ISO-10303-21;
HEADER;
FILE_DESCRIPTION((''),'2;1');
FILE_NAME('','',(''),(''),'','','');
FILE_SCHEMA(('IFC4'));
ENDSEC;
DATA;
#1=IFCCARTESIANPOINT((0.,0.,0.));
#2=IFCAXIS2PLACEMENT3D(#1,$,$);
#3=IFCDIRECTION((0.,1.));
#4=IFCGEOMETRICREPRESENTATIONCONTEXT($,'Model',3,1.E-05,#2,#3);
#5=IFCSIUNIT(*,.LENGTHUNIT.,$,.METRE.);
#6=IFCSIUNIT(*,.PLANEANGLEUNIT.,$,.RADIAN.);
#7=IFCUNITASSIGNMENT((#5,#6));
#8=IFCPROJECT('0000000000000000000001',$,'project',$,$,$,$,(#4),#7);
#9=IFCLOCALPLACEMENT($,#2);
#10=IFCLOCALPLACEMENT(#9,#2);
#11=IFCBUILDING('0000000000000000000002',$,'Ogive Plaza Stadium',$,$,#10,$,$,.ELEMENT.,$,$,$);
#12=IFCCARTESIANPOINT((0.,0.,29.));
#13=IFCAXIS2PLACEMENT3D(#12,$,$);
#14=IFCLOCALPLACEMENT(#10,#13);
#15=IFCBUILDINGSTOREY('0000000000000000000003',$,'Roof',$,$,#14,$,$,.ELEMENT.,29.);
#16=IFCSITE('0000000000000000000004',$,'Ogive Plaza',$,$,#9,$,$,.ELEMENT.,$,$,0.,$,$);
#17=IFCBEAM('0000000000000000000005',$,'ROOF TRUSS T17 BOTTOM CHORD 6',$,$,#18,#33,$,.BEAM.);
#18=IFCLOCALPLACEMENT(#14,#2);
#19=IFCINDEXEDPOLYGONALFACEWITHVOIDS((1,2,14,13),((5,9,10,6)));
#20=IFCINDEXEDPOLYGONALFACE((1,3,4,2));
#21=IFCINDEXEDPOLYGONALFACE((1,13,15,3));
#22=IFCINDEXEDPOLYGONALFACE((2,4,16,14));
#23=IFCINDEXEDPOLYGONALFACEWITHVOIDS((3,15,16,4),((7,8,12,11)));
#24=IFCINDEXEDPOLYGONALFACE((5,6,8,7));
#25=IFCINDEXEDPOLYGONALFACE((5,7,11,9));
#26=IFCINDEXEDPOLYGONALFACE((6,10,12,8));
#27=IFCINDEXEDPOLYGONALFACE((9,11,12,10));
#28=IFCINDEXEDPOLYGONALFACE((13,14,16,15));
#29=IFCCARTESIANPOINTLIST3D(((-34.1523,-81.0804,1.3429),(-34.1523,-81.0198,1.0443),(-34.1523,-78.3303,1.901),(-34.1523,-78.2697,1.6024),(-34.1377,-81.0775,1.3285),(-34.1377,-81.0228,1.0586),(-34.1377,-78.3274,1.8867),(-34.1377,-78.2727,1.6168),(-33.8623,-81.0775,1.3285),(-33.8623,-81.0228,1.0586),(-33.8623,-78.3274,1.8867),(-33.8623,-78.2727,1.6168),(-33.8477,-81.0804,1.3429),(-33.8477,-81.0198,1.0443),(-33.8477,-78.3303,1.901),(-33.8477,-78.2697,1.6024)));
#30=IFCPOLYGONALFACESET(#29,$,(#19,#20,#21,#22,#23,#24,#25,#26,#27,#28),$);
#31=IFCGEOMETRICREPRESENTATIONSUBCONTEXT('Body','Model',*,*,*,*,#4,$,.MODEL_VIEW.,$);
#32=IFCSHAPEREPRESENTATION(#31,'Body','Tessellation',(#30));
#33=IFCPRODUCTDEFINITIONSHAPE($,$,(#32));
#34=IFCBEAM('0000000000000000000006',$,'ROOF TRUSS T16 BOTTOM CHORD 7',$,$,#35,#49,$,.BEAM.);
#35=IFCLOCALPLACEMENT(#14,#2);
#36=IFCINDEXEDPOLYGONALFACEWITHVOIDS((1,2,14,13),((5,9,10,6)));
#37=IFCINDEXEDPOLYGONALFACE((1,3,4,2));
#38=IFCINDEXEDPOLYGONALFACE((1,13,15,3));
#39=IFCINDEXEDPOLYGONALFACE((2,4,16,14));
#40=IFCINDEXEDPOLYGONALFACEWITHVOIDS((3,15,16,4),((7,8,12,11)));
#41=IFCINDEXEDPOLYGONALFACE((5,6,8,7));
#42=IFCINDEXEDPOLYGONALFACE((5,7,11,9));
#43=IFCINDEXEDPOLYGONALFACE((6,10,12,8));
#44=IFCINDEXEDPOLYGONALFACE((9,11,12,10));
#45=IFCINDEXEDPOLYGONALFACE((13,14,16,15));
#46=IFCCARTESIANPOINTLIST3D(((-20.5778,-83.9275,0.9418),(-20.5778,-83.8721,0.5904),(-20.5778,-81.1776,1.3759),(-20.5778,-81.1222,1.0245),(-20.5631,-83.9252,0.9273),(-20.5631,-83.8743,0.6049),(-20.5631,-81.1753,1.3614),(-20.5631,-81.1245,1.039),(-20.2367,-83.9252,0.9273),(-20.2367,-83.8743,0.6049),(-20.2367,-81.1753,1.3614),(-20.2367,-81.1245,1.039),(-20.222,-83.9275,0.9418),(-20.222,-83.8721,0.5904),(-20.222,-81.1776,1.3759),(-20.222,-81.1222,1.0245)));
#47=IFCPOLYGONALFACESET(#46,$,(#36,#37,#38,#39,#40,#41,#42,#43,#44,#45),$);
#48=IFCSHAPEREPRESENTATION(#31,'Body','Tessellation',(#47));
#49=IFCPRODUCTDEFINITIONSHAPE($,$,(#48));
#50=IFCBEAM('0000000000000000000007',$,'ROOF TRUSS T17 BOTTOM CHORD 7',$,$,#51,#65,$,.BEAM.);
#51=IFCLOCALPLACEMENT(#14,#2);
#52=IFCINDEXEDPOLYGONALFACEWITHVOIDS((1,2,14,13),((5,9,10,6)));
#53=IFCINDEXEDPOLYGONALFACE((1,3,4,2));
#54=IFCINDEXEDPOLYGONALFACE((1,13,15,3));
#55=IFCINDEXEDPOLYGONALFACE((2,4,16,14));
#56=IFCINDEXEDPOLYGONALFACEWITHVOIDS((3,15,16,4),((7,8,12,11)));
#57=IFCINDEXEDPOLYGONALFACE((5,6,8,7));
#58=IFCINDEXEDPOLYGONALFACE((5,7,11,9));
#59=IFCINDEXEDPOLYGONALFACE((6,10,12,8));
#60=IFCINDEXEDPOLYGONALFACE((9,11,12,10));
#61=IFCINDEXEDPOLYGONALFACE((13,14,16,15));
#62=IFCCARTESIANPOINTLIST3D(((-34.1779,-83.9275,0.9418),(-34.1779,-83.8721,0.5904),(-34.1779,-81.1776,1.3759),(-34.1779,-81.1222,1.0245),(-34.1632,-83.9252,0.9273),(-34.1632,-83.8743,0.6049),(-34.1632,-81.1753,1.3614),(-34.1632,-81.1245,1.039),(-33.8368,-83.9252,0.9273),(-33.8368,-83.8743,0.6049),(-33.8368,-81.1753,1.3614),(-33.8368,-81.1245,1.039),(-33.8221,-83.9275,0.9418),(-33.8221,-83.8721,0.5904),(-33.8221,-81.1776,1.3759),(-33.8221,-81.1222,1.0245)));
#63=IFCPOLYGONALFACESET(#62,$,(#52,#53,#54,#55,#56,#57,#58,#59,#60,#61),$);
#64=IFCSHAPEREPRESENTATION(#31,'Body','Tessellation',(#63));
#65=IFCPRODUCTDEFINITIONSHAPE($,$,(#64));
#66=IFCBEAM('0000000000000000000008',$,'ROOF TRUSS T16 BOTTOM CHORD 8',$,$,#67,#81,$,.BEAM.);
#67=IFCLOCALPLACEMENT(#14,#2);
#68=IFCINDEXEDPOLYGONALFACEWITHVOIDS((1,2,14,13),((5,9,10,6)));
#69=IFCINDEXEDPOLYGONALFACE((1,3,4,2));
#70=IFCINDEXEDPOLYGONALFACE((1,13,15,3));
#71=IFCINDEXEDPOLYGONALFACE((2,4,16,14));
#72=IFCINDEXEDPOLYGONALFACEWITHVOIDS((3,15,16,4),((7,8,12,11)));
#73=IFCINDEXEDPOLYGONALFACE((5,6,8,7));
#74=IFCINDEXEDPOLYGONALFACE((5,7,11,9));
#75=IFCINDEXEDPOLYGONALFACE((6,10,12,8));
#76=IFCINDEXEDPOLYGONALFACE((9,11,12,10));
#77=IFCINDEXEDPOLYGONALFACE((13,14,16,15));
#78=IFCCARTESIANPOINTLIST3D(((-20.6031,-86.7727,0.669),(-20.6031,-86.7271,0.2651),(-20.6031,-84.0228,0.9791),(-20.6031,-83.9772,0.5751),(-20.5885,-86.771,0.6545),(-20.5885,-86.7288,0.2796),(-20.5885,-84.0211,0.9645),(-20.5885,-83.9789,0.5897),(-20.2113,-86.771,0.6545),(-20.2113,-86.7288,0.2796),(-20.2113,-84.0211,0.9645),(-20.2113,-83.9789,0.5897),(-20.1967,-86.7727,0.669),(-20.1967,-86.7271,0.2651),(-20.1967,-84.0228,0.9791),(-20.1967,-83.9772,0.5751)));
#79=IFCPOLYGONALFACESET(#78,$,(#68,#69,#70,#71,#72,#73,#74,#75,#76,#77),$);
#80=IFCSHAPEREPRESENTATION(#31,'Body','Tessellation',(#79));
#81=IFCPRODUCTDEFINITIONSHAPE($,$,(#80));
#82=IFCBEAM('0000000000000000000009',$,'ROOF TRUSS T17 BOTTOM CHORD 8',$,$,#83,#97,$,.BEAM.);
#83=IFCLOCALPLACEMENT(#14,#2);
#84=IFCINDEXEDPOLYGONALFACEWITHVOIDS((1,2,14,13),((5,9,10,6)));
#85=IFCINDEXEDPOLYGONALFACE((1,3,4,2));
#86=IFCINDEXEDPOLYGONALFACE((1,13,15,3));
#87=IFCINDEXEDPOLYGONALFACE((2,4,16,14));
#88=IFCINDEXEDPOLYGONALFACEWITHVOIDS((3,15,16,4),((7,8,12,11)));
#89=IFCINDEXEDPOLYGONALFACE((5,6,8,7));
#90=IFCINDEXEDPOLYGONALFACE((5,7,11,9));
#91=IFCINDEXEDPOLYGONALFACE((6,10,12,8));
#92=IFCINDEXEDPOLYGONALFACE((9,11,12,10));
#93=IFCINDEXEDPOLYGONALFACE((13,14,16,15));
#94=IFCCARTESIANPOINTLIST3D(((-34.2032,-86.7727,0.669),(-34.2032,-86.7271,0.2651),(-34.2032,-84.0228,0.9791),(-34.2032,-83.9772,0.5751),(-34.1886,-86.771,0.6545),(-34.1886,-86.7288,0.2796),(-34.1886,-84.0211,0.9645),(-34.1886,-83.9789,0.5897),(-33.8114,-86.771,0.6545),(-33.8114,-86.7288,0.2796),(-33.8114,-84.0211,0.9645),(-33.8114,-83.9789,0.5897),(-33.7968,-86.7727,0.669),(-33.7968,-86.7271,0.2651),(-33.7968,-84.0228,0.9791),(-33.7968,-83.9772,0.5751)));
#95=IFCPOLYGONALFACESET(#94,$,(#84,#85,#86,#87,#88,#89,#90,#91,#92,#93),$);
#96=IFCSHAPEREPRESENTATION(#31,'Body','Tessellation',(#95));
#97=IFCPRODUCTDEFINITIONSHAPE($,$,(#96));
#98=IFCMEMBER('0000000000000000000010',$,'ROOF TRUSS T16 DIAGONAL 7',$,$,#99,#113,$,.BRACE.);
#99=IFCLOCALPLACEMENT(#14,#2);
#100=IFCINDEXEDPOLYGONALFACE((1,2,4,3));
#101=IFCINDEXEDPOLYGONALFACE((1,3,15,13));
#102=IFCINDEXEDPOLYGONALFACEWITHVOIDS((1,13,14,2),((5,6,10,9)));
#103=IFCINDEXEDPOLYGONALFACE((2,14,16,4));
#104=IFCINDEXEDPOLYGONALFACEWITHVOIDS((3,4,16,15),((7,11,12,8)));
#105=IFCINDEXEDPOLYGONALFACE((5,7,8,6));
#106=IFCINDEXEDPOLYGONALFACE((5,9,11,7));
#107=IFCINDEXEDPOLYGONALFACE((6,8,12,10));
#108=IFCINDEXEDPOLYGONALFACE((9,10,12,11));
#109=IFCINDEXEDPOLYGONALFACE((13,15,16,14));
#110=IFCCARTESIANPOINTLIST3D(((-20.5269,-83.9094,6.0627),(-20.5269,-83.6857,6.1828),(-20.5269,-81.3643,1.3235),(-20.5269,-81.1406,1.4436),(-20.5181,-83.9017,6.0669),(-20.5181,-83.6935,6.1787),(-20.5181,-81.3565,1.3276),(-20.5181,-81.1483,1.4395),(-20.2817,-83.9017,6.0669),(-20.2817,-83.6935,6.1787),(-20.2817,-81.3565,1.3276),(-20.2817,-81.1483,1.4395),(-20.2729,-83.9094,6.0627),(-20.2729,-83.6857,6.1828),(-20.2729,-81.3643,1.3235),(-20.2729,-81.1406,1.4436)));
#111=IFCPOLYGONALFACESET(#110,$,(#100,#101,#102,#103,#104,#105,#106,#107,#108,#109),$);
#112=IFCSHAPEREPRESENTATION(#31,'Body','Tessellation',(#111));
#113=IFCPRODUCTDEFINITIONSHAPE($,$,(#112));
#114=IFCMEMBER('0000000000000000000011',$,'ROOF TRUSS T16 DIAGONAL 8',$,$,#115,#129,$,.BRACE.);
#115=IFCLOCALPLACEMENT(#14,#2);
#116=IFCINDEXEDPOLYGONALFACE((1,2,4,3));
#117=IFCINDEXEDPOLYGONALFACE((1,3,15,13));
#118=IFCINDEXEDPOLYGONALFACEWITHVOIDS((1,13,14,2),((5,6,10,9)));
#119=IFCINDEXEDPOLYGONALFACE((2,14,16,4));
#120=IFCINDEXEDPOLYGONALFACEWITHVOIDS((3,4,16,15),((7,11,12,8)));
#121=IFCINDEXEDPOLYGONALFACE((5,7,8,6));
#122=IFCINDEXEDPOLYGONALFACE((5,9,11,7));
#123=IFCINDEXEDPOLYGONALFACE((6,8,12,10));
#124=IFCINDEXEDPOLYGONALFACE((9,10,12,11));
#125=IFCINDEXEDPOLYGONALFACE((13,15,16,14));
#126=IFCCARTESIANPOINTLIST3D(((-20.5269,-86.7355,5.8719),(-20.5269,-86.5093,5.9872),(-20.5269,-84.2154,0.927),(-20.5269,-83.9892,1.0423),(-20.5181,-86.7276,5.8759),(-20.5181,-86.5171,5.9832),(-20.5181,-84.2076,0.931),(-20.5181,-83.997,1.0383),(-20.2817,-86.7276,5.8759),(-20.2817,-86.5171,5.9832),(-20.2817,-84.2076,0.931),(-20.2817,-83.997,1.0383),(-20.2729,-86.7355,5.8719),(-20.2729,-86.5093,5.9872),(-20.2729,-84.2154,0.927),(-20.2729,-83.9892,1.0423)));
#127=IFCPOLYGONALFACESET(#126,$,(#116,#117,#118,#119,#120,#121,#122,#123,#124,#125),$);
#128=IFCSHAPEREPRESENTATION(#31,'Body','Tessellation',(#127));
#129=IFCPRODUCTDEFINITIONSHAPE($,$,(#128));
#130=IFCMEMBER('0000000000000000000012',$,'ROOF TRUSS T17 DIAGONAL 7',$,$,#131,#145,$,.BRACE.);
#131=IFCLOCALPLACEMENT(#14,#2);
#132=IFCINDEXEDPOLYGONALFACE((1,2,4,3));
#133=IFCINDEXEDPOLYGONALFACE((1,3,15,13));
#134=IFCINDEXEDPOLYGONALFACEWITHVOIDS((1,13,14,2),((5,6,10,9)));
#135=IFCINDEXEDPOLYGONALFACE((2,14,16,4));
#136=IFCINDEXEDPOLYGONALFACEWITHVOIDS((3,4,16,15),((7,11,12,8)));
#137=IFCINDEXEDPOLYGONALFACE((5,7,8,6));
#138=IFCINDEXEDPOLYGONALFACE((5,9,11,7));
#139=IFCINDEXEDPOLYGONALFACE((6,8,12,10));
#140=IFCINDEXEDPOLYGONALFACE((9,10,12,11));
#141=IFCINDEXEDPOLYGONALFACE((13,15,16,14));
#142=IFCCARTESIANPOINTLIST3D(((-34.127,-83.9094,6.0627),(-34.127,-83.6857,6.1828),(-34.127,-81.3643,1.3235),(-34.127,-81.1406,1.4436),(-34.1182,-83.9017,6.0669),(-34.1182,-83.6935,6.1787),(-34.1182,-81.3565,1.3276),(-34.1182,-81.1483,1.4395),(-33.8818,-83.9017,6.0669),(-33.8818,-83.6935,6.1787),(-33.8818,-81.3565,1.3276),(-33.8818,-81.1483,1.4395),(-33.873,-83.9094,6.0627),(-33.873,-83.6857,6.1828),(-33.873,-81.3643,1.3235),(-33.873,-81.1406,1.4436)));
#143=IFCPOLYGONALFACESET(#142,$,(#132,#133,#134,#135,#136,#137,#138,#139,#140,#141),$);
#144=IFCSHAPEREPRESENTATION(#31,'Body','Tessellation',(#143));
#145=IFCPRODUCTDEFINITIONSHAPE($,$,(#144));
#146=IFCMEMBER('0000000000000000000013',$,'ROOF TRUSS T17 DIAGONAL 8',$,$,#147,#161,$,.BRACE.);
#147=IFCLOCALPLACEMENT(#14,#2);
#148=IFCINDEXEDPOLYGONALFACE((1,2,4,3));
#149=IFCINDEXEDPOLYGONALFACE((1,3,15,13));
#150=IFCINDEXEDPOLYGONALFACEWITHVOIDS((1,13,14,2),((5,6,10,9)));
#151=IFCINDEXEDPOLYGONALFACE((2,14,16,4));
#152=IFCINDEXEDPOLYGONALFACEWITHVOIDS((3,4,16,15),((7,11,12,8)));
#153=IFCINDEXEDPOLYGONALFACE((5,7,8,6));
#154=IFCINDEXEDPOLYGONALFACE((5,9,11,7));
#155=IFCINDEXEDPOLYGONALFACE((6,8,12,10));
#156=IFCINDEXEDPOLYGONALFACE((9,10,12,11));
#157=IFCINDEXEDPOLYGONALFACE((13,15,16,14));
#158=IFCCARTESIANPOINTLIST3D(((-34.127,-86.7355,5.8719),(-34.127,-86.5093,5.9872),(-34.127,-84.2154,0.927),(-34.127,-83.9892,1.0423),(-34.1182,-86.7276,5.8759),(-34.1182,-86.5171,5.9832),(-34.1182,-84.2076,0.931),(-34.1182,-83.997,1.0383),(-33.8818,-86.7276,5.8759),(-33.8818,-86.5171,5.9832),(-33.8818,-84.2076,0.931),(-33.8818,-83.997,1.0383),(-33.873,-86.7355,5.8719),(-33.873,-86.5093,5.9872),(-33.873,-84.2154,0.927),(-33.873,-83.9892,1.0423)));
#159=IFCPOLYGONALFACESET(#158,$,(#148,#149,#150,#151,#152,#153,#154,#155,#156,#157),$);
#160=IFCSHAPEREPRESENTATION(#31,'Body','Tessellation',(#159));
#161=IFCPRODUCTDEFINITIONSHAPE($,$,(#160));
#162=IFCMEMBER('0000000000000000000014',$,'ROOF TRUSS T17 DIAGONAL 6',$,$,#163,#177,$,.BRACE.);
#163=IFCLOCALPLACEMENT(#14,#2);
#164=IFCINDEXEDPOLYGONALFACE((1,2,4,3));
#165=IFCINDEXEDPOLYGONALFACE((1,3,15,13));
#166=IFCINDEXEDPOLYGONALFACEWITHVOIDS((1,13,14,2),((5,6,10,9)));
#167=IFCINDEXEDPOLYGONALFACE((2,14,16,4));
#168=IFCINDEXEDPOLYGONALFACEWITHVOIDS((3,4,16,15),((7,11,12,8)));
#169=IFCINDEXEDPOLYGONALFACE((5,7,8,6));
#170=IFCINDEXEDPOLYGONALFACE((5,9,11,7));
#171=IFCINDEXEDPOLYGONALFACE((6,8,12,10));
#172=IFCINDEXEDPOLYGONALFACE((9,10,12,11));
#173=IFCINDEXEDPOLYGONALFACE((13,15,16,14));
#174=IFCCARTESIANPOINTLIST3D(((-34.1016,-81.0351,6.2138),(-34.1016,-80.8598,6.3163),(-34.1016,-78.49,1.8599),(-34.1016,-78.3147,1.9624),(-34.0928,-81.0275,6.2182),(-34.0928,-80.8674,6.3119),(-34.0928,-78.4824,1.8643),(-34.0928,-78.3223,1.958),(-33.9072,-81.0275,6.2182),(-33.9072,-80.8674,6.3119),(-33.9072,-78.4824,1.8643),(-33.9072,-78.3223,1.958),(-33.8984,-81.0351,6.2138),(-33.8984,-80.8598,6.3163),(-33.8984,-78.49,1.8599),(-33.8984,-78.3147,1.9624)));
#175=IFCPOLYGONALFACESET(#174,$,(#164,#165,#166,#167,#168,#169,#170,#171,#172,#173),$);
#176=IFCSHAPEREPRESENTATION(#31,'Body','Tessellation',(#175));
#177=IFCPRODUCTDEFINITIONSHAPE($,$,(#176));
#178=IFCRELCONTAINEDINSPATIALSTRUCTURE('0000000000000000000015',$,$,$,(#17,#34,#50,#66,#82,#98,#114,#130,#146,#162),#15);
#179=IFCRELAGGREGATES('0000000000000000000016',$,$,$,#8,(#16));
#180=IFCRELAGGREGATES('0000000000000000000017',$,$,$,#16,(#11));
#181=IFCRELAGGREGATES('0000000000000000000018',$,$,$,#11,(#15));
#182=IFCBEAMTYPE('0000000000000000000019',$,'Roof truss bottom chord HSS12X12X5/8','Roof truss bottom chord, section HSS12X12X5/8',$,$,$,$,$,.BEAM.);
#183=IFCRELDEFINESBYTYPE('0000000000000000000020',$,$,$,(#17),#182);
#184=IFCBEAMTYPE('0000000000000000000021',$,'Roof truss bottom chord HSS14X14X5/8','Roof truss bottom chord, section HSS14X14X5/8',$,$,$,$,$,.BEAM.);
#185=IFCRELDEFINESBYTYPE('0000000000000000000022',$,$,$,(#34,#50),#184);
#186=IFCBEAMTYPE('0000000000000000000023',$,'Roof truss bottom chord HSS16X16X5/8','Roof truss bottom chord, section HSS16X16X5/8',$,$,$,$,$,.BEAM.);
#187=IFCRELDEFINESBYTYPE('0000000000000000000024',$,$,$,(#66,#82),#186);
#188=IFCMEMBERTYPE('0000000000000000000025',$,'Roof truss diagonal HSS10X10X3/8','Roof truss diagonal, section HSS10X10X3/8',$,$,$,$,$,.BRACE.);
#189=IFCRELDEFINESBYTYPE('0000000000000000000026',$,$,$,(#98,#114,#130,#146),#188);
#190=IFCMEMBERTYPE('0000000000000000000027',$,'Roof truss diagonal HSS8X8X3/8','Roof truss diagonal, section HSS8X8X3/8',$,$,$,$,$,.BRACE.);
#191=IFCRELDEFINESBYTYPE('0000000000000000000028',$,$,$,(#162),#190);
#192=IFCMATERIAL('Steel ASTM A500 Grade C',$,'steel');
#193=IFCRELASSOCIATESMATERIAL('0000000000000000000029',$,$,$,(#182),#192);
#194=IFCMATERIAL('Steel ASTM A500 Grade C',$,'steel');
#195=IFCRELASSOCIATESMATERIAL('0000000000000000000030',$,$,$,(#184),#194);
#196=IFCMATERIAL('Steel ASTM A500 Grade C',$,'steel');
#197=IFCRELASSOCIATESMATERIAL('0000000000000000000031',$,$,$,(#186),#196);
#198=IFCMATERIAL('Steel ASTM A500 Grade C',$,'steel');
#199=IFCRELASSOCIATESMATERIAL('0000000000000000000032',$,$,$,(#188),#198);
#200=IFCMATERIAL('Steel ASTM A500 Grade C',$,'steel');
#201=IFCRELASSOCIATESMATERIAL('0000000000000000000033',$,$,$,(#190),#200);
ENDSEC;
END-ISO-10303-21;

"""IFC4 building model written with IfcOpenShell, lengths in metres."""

from ifc_helpers import new_model, si_unit, direction, frame, origin, origin_2d, place, context, subcontext, project, spatial, hollow_rectangle, extrude, material, material_profile, profile_set, type_object, element, save


model = new_model("IFC4")

# Units and contexts
model_context = context("Model", 3, precision=1e-05, world=origin(), true_north=direction((0.0, 1.0)))
body_context = subcontext(model_context, "Body", "Model", "MODEL_VIEW")
ifc_project = project(units=[si_unit("LENGTHUNIT", "METRE"), si_unit("PLANEANGLEUNIT", "RADIAN")], contexts=[model_context])

# Site, building, storey
site_placement = place(None, origin())
site = spatial("IfcSite", under=ifc_project, at=site_placement, Name="Ogive Plaza", CompositionType="ELEMENT", RefElevation=0.0)
building_placement = place(site_placement, origin())
building = spatial("IfcBuilding", under=site, at=building_placement, Name="Ogive Plaza Stadium", CompositionType="ELEMENT")
storey_placement = place(building_placement, frame((0.0, 0.0, 29.0)))
storey = spatial("IfcBuildingStorey", under=building, at=storey_placement, Name="Roof", CompositionType="ELEMENT", Elevation=29.0)

# Beams
ifc_material_1 = material(Name="Steel ASTM A500 Grade C", Category="steel")
ifc_material_profile_1 = material_profile(ifc_material_1, hollow_rectangle(XDim=0.3047, YDim=0.3047, WallThickness=0.0146, at=origin_2d()), Name="HSS12X12X5/8")
ifc_profile_set_1 = profile_set([ifc_material_profile_1], Name="Steel ASTM A500 Grade C")
beam_type_1 = type_object("IfcBeamType", Name="Roof truss bottom chord HSS12X12X5/8", Description="Roof truss bottom chord, section HSS12X12X5/8", PredefinedType="BEAM", material=ifc_profile_set_1)
beam_1_placement = place(storey_placement, frame((-34.0, -78.3, 1.7517), z_axis=(0.0, -0.980021, -0.198893), x_axis=(1.0, 0.0, 0.0)))
element("IfcBeam", 1, at=beam_1_placement, inside=storey, type_object=beam_type_1, Name="ROOF TRUSS T17 BOTTOM CHORD 6", PredefinedType="BEAM", context=body_context, shape_type="SweptSolid", body=[
    extrude(hollow_rectangle(XDim=0.3047, YDim=0.3047, WallThickness=0.0146, at=origin_2d()), origin(), (0.0, 0.0, 1.0), 2.8062),
])
ifc_material_2 = material(Name="Steel ASTM A500 Grade C", Category="steel")
ifc_material_profile_2 = material_profile(ifc_material_2, hollow_rectangle(XDim=0.3557, YDim=0.3557, WallThickness=0.0146, at=origin_2d()), Name="HSS14X14X5/8")
ifc_profile_set_2 = profile_set([ifc_material_profile_2], Name="Steel ASTM A500 Grade C")
beam_type_2 = type_object("IfcBeamType", Name="Roof truss bottom chord HSS14X14X5/8", Description="Roof truss bottom chord, section HSS14X14X5/8", PredefinedType="BEAM", material=ifc_profile_set_2)
for number, where, z_axis, x_axis, name in (
    (2, (-20.3999, -81.1499, 1.2002), (0.0, -0.98777, -0.155918), (1.0, 0.0, 0.0), "ROOF TRUSS T16 BOTTOM CHORD 7"),
    (3, (-34.0, -81.1499, 1.2002), (0.0, -0.98777, -0.155918), (1.0, 0.0, 0.0), "ROOF TRUSS T17 BOTTOM CHORD 7"),
):
    element("IfcBeam", number, at=place(storey_placement, frame(where, z_axis=z_axis, x_axis=x_axis)), inside=storey, type_object=beam_type_2, Name=name, PredefinedType="BEAM", context=body_context, shape_type="SweptSolid", body=[
        extrude(hollow_rectangle(XDim=0.3557, YDim=0.3557, WallThickness=0.0146, at=origin_2d()), origin(), (0.0, 0.0, 1.0), 2.7839),
    ])
ifc_material_3 = material(Name="Steel ASTM A500 Grade C", Category="steel")
ifc_material_profile_3 = material_profile(ifc_material_3, hollow_rectangle(XDim=0.4065, YDim=0.4065, WallThickness=0.0146, at=origin_2d()), Name="HSS16X16X5/8")
ifc_profile_set_3 = profile_set([ifc_material_profile_3], Name="Steel ASTM A500 Grade C")
beam_type_3 = type_object("IfcBeamType", Name="Roof truss bottom chord HSS16X16X5/8", Description="Roof truss bottom chord, section HSS16X16X5/8", PredefinedType="BEAM", material=ifc_profile_set_3)
for number, where, z_axis, x_axis, name in (
    (4, (-20.3999, -84.0, 0.7771), (0.0, -0.993704, -0.112039), (1.0, 0.0, 0.0), "ROOF TRUSS T16 BOTTOM CHORD 8"),
    (5, (-34.0, -84.0, 0.7771), (0.0, -0.993704, -0.112039), (1.0, 0.0, 0.0), "ROOF TRUSS T17 BOTTOM CHORD 8"),
):
    element("IfcBeam", number, at=place(storey_placement, frame(where, z_axis=z_axis, x_axis=x_axis)), inside=storey, type_object=beam_type_3, Name=name, PredefinedType="BEAM", context=body_context, shape_type="SweptSolid", body=[
        extrude(hollow_rectangle(XDim=0.4065, YDim=0.4065, WallThickness=0.0146, at=origin_2d()), origin(), (0.0, 0.0, 1.0), 2.7673),
    ])

# Members
ifc_material_4 = material(Name="Steel ASTM A500 Grade C", Category="steel")
ifc_material_profile_4 = material_profile(ifc_material_4, hollow_rectangle(XDim=0.2539, YDim=0.2539, WallThickness=0.0088, at=origin_2d()), Name="HSS10X10X3/8")
ifc_profile_set_4 = profile_set([ifc_material_profile_4], Name="Steel ASTM A500 Grade C")
member_type_1 = type_object("IfcMemberType", Name="Roof truss diagonal HSS10X10X3/8", Description="Roof truss diagonal, section HSS10X10X3/8", PredefinedType="BRACE", material=ifc_profile_set_4)
member_1_placement = place(storey_placement, frame((-20.3999, -81.2524, 1.3835), z_axis=(0.0, -0.473128, 0.880994), x_axis=(1.0, 0.0, 0.0)))
element("IfcMember", 6, at=member_1_placement, inside=storey, type_object=member_type_1, Name="ROOF TRUSS T16 DIAGONAL 7", PredefinedType="BRACE", context=body_context, shape_type="SweptSolid", body=[
    extrude(hollow_rectangle(XDim=0.2539, YDim=0.2539, WallThickness=0.0088, at=origin_2d()), origin(), (0.0, 0.0, 1.0), 5.3794),
])
member_2_placement = place(storey_placement, frame((-20.3999, -84.1023, 0.9846), z_axis=(0.0, -0.454063, 0.89097), x_axis=(1.0, 0.0, 0.0)))
element("IfcMember", 7, at=member_2_placement, inside=storey, type_object=member_type_1, Name="ROOF TRUSS T16 DIAGONAL 8", PredefinedType="BRACE", context=body_context, shape_type="SweptSolid", body=[
    extrude(hollow_rectangle(XDim=0.2539, YDim=0.2539, WallThickness=0.0088, at=origin_2d()), origin(), (0.0, 0.0, 1.0), 5.55),
])
member_3_placement = place(storey_placement, frame((-34.0, -81.2524, 1.3835), z_axis=(0.0, -0.473128, 0.880994), x_axis=(1.0, 0.0, 0.0)))
element("IfcMember", 8, at=member_3_placement, inside=storey, type_object=member_type_1, Name="ROOF TRUSS T17 DIAGONAL 7", PredefinedType="BRACE", context=body_context, shape_type="SweptSolid", body=[
    extrude(hollow_rectangle(XDim=0.2539, YDim=0.2539, WallThickness=0.0088, at=origin_2d()), origin(), (0.0, 0.0, 1.0), 5.3794),
])
member_4_placement = place(storey_placement, frame((-34.0, -84.1023, 0.9846), z_axis=(0.0, -0.454063, 0.89097), x_axis=(1.0, 0.0, 0.0)))
element("IfcMember", 9, at=member_4_placement, inside=storey, type_object=member_type_1, Name="ROOF TRUSS T17 DIAGONAL 8", PredefinedType="BRACE", context=body_context, shape_type="SweptSolid", body=[
    extrude(hollow_rectangle(XDim=0.2539, YDim=0.2539, WallThickness=0.0088, at=origin_2d()), origin(), (0.0, 0.0, 1.0), 5.55),
])
ifc_material_5 = material(Name="Steel ASTM A500 Grade C", Category="steel")
ifc_material_profile_5 = material_profile(ifc_material_5, hollow_rectangle(XDim=0.2031, YDim=0.2031, WallThickness=0.0088, at=origin_2d()), Name="HSS8X8X3/8")
ifc_profile_set_5 = profile_set([ifc_material_profile_5], Name="Steel ASTM A500 Grade C")
member_type_2 = type_object("IfcMemberType", Name="Roof truss diagonal HSS8X8X3/8", Description="Roof truss diagonal, section HSS8X8X3/8", PredefinedType="BRACE", material=ifc_profile_set_5)
member_5_placement = place(storey_placement, frame((-34.0, -78.4023, 1.9111), z_axis=(0.0, -0.504659, 0.863319), x_axis=(1.0, 0.0, 0.0)))
element("IfcMember", 10, at=member_5_placement, inside=storey, type_object=member_type_2, Name="ROOF TRUSS T17 DIAGONAL 6", PredefinedType="BRACE", context=body_context, shape_type="SweptSolid", body=[
    extrude(hollow_rectangle(XDim=0.2031, YDim=0.2031, WallThickness=0.0088, at=origin_2d()), origin(), (0.0, 0.0, 1.0), 5.0432),
])

save(model, "model.ifc")
